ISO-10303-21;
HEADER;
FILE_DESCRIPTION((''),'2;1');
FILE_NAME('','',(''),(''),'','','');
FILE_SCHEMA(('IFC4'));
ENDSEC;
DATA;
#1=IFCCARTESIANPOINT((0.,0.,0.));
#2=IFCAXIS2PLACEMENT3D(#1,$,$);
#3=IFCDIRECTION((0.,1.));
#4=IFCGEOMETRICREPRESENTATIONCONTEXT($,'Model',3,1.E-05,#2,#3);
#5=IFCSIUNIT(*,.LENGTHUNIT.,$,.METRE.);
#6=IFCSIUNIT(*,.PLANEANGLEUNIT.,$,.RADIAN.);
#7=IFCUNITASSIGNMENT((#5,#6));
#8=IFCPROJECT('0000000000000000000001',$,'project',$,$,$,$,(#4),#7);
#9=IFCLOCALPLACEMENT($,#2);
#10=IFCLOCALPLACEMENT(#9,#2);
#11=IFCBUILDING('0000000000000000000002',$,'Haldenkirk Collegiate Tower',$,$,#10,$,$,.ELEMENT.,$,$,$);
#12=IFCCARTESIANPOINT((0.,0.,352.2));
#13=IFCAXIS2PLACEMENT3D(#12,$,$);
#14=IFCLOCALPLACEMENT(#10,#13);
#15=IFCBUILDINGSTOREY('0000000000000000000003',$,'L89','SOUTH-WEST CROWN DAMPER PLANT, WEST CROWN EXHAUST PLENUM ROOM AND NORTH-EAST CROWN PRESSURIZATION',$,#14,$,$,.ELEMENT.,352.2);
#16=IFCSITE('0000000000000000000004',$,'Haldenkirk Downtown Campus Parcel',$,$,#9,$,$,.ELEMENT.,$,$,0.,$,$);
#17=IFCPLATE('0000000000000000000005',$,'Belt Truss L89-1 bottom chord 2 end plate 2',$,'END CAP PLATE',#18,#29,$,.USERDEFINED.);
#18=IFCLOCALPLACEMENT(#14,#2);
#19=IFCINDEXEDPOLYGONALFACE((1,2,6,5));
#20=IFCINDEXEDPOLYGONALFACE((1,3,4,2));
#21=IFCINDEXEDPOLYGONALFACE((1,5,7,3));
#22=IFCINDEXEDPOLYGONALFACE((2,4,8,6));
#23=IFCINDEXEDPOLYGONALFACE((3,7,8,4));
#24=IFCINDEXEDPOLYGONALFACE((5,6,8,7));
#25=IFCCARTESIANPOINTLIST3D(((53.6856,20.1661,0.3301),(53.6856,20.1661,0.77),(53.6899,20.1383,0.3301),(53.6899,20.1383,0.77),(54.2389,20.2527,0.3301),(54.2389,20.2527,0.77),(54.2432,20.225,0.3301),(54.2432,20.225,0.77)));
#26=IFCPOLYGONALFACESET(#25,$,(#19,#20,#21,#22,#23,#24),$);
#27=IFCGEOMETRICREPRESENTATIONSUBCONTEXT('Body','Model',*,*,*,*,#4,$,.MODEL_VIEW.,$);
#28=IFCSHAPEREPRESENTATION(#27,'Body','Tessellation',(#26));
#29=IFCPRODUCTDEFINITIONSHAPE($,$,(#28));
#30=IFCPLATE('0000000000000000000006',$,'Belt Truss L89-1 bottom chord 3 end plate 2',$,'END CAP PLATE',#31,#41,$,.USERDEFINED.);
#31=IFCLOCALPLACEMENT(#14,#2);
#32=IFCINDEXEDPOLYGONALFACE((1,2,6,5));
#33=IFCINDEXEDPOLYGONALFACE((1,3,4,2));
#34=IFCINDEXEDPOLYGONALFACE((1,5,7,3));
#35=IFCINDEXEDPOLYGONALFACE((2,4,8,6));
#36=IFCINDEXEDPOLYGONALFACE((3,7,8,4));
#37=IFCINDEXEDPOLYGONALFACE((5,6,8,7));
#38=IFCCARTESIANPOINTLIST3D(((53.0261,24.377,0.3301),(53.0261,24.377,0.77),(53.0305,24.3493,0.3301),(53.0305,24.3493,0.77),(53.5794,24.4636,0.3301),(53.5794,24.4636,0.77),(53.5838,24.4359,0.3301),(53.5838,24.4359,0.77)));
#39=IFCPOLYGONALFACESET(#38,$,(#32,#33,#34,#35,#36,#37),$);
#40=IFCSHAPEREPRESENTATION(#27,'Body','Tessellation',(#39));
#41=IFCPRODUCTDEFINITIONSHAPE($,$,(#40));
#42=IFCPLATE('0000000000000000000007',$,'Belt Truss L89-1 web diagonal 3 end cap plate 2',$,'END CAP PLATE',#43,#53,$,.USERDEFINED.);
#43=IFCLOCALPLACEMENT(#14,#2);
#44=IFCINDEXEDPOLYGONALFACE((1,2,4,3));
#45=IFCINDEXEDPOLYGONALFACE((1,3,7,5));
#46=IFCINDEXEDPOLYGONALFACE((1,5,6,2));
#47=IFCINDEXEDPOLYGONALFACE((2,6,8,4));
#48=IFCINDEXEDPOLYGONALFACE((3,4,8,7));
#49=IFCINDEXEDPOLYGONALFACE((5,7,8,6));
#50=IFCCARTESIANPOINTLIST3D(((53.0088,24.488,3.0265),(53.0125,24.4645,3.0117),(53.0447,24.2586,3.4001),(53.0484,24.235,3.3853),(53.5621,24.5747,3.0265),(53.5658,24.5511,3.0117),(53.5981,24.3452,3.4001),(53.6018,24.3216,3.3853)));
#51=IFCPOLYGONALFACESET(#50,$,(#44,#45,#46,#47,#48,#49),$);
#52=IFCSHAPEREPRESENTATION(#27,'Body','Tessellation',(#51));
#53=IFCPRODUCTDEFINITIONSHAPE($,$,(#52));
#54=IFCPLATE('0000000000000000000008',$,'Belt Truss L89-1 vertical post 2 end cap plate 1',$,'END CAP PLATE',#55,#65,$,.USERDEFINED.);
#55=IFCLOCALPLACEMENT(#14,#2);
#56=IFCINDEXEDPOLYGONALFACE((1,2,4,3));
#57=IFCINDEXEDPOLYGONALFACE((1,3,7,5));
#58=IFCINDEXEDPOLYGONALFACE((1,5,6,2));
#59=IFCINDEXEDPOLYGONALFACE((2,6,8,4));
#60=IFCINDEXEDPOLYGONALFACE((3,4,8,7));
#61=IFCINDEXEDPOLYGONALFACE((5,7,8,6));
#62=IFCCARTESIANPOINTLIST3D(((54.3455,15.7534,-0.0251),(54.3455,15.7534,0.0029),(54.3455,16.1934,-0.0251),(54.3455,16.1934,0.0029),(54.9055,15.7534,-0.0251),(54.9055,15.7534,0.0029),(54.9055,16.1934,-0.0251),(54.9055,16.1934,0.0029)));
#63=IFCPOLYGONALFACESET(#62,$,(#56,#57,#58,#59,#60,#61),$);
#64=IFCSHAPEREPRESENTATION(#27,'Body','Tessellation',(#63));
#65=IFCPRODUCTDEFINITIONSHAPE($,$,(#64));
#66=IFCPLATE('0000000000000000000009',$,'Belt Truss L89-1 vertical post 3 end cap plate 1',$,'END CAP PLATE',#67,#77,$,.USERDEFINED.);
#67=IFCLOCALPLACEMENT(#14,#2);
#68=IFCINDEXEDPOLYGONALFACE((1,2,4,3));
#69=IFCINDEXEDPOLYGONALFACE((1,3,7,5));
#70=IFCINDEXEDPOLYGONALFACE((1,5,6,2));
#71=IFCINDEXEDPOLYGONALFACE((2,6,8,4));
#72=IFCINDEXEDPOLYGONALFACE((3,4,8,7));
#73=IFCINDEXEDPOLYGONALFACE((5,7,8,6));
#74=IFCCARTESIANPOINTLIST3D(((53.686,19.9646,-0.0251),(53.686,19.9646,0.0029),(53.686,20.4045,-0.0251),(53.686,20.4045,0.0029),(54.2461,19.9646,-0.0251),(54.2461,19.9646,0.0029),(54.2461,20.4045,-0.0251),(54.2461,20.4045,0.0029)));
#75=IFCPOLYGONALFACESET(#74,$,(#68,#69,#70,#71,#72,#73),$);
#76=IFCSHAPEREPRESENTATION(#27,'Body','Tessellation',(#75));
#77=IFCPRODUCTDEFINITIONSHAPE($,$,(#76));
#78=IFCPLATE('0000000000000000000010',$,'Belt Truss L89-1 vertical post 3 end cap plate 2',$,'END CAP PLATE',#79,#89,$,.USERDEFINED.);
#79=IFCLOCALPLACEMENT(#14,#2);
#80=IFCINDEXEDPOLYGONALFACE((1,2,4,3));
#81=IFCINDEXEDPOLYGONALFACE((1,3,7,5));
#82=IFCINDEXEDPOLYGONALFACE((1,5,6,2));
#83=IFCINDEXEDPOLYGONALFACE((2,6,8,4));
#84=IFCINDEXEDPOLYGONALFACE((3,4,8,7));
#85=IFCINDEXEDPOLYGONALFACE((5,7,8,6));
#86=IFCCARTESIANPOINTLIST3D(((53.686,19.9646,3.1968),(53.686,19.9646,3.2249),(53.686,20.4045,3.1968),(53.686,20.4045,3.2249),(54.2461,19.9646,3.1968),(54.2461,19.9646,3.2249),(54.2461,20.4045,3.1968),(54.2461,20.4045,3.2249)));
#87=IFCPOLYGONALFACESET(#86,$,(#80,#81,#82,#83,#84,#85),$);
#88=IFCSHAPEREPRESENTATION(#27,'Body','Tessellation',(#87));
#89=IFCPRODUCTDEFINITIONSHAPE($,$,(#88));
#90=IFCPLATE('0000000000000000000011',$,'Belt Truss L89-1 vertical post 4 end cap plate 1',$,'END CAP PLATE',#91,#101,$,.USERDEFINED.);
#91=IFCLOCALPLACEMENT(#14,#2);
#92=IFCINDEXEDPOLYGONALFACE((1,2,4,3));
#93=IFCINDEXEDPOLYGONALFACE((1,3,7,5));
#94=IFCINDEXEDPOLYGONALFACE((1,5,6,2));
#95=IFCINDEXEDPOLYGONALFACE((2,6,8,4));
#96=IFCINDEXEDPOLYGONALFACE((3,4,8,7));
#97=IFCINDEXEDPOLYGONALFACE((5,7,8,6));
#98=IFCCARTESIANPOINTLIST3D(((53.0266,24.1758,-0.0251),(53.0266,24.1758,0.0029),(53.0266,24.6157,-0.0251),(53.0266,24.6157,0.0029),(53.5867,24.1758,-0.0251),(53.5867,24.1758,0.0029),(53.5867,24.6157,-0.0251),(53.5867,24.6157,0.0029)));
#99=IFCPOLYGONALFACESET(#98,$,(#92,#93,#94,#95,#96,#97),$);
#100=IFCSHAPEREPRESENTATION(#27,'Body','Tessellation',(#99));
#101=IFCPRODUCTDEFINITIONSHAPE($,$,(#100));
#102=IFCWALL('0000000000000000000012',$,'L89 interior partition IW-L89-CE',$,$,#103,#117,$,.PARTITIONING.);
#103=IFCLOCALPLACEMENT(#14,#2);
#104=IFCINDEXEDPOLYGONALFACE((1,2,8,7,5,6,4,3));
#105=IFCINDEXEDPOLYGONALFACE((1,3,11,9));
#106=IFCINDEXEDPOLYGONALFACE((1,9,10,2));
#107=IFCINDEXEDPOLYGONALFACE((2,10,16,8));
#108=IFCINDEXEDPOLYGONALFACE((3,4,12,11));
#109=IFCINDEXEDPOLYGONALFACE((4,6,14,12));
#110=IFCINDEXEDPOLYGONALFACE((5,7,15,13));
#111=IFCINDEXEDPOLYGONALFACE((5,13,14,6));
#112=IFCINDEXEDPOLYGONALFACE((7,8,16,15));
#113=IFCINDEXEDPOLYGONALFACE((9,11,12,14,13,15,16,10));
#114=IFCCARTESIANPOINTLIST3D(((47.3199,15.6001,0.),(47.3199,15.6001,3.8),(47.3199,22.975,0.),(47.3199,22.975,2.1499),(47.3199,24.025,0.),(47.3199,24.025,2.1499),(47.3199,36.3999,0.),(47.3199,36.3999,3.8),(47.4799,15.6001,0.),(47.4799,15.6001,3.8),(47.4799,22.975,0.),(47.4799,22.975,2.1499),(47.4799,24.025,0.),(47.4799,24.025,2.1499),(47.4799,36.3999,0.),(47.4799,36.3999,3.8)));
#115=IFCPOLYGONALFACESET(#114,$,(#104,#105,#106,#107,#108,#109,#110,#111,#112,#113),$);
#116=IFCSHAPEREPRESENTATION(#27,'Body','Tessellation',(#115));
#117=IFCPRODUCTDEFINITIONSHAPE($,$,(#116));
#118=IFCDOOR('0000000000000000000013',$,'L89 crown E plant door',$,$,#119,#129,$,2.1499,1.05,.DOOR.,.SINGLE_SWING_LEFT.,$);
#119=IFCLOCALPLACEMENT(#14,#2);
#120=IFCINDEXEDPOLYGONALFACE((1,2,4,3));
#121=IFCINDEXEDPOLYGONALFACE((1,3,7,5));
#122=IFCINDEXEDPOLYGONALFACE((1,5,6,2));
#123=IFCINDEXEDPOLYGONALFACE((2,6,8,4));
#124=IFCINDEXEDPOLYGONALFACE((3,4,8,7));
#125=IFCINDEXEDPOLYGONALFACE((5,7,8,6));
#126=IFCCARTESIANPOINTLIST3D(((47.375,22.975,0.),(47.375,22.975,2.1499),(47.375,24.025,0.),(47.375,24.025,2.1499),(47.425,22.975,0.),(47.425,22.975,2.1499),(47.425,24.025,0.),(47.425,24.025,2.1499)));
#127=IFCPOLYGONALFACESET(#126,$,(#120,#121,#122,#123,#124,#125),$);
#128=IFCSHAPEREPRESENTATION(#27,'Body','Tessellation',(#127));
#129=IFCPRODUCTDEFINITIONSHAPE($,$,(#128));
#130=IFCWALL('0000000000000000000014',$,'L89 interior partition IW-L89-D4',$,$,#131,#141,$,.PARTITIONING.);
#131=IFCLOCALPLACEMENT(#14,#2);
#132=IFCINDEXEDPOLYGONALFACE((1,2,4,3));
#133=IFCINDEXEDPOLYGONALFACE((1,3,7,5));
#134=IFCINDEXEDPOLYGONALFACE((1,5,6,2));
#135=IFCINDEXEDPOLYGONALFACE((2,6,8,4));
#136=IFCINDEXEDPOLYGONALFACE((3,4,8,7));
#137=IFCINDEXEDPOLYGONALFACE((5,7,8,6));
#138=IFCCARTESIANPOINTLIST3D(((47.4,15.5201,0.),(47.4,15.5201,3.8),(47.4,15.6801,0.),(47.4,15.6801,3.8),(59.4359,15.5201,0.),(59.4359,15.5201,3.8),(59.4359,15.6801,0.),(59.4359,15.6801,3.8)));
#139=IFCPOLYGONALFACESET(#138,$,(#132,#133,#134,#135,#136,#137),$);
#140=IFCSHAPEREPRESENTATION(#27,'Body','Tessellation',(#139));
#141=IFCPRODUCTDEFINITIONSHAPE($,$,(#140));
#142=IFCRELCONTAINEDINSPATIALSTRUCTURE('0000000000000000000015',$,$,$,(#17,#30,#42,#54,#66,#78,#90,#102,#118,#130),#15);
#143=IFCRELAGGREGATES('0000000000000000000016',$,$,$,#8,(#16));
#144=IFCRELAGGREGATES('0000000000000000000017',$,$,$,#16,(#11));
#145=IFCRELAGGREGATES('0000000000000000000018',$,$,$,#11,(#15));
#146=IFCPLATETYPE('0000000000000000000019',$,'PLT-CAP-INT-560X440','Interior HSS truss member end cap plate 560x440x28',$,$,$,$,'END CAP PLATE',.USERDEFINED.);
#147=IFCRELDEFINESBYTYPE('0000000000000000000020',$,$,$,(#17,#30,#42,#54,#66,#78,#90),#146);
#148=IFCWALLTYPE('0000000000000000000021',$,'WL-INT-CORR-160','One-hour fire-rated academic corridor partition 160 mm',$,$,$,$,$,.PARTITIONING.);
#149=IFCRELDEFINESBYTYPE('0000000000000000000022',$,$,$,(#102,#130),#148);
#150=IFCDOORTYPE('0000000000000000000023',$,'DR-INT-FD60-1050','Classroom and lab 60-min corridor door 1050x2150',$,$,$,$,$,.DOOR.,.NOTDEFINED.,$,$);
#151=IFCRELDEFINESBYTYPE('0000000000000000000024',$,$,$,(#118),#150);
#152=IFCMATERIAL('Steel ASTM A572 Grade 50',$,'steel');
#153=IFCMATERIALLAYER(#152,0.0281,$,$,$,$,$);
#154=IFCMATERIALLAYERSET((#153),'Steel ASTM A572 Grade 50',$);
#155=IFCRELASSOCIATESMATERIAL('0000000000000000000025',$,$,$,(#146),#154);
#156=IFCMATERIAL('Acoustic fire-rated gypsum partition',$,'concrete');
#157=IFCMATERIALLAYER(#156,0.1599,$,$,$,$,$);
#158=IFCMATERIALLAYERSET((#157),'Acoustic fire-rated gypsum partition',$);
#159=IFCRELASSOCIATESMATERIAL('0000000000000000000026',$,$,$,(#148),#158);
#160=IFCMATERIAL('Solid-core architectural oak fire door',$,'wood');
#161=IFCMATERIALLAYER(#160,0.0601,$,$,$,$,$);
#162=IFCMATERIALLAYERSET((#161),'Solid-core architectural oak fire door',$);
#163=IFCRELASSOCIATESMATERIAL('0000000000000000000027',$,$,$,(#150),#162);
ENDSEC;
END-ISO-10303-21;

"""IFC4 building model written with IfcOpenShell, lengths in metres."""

from ifc_helpers import new_model, si_unit, direction, frame, frame_2d, origin, origin_2d, place, context, subcontext, project, spatial, rectangle, extrude, source, transform, mapped, material, layer, layer_set, type_object, element, fill, save


model = new_model("IFC4")

# Units and contexts
model_context = context("Model", 3, precision=1e-05, world=origin(), true_north=direction((0.0, 1.0)))
body_context = subcontext(model_context, "Body", "Model", "MODEL_VIEW")
ifc_project = project(units=[si_unit("LENGTHUNIT", "METRE"), si_unit("PLANEANGLEUNIT", "RADIAN")], contexts=[model_context])

# Site, building, storey
site_placement = place(None, origin())
site = spatial("IfcSite", under=ifc_project, at=site_placement, Name="Haldenkirk Downtown Campus Parcel", CompositionType="ELEMENT", RefElevation=0.0)
building_placement = place(site_placement, origin())
building = spatial("IfcBuilding", under=site, at=building_placement, Name="Haldenkirk Collegiate Tower", CompositionType="ELEMENT")
storey_placement = place(building_placement, frame((0.0, 0.0, 352.2)))
storey = spatial("IfcBuildingStorey", under=building, at=storey_placement, Name="L89", Description="SOUTH-WEST CROWN DAMPER PLANT, WEST CROWN EXHAUST PLENUM ROOM AND NORTH-EAST CROWN PRESSURIZATION", CompositionType="ELEMENT", Elevation=352.2)

# Shared definitions
ifc_material_1 = material(Name="Steel ASTM A572 Grade 50", Category="steel")

# Plates
ifc_layer_1 = layer(ifc_material_1, 0.0281)
ifc_layer_set_1 = layer_set([ifc_layer_1], Name="Steel ASTM A572 Grade 50")
plate_type = type_object("IfcPlateType", Name="PLT-CAP-INT-560X440", Description="Interior HSS truss member end cap plate 560x440x28", ElementType="END CAP PLATE", PredefinedType="USERDEFINED", material=ifc_layer_set_1)
shared_shape = source(origin(), body_context, "Body", "SweptSolid", [
    extrude(rectangle(XDim=0.5601, YDim=0.4399, at=origin_2d()), origin(), (0.0, 0.0, 1.0), 0.0281),
])
for number, where, z_axis, x_axis, name in (
    (1, (53.9666, 20.1816, 0.55), (-0.15471, 0.98796, 0.0), (-0.98796, -0.15471, 0.0), "Belt Truss L89-1 bottom chord 2 end plate 2"),
    (2, (53.3071, 24.3926, 0.55), (-0.15471, 0.98796, 0.0), (-0.98796, -0.15471, 0.0), "Belt Truss L89-1 bottom chord 3 end plate 2"),
    (3, (53.3071, 24.3931, 3.1985), (-0.13138, 0.839027, 0.52799), (-0.987961, -0.154701, 0.0), "Belt Truss L89-1 web diagonal 3 end cap plate 2"),
    (4, (54.6255, 15.9734, 0.0029), (0.0, 0.0, -1.0), (1.0, 0.0, 0.0), "Belt Truss L89-1 vertical post 2 end cap plate 1"),
    (5, (53.9661, 20.1846, 0.0029), (0.0, 0.0, -1.0), (1.0, 0.0, 0.0), "Belt Truss L89-1 vertical post 3 end cap plate 1"),
    (6, (53.9661, 20.1846, 3.1968), (0.0, 0.0, 1.0), (1.0, 0.0, 0.0), "Belt Truss L89-1 vertical post 3 end cap plate 2"),
    (7, (53.3066, 24.3958, 0.0029), (0.0, 0.0, -1.0), (1.0, 0.0, 0.0), "Belt Truss L89-1 vertical post 4 end cap plate 1"),
):
    element("IfcPlate", number, at=place(storey_placement, frame(where, z_axis=z_axis, x_axis=x_axis)), inside=storey, type_object=plate_type, Name=name, ObjectType="END CAP PLATE", PredefinedType="USERDEFINED", context=body_context, shape_type="MappedRepresentation", body=[
        mapped(shared_shape, transform((0.0, 0.0, 0.0), x_axis=(1.0, 0.0, 0.0), y_axis=(0.0, 1.0, 0.0), z_axis=(0.0, 0.0, 1.0), scale=1.0)),
    ])

# Wall, opening, door
ifc_material_2 = material(Name="Acoustic fire-rated gypsum partition", Category="concrete")
ifc_layer_2 = layer(ifc_material_2, 0.1599)
ifc_layer_set_2 = layer_set([ifc_layer_2], Name="Acoustic fire-rated gypsum partition")
wall_type = type_object("IfcWallType", Name="WL-INT-CORR-160", Description="One-hour fire-rated academic corridor partition 160 mm", PredefinedType="PARTITIONING", material=ifc_layer_set_2)
wall_1_placement = place(storey_placement, frame((47.3999, 15.6001, 0.0), z_axis=(0.0, 0.0, 1.0), x_axis=(0.0, 1.0, 0.0)))
wall_1 = element("IfcWall", 8, at=wall_1_placement, inside=storey, type_object=wall_type, Name="L89 interior partition IW-L89-CE", PredefinedType="PARTITIONING", context=body_context, shape_type="SweptSolid", body=[
    extrude(rectangle(XDim=20.7998, YDim=0.1599, at=frame_2d((10.3999, 0.0))), origin(), (0.0, 0.0, 1.0), 3.8),
])
opening_placement = place(wall_1_placement, frame((7.375, 0.0, 0.0)))
opening = element("IfcOpeningElement", 9, at=opening_placement, cuts=wall_1, PredefinedType="OPENING", context=body_context, shape_type="SweptSolid", body=[
    extrude(rectangle(XDim=1.05, YDim=2.1499, at=frame_2d((0.5249, 1.075))), frame((0.0, 0.0898, 0.0), z_axis=(0.0, -1.0, 0.0), x_axis=(1.0, 0.0, 0.0)), (0.0, 0.0, 1.0), 0.1799),
])
ifc_material_3 = material(Name="Solid-core architectural oak fire door", Category="wood")
ifc_layer_3 = layer(ifc_material_3, 0.0601)
ifc_layer_set_3 = layer_set([ifc_layer_3], Name="Solid-core architectural oak fire door")
door_type = type_object("IfcDoorType", Name="DR-INT-FD60-1050", Description="Classroom and lab 60-min corridor door 1050x2150", OperationType="NOTDEFINED", PredefinedType="DOOR", material=ifc_layer_set_3)
door_placement = place(opening_placement, origin())
door = element("IfcDoor", 10, at=door_placement, inside=storey, type_object=door_type, Name="L89 crown E plant door", OperationType="SINGLE_SWING_LEFT", OverallHeight=2.1499, OverallWidth=1.05, PredefinedType="DOOR", context=body_context, shape_type="SweptSolid", body=[
    extrude(rectangle(XDim=1.05, YDim=2.1499, at=frame_2d((0.5249, 1.075))), frame((0.0, 0.0249, 0.0), z_axis=(0.0, -1.0, 0.0), x_axis=(1.0, 0.0, 0.0)), (0.0, 0.0, 1.0), 0.05),
])
fill(opening, door)

# Wall
wall_2_placement = place(storey_placement, frame((47.3999, 15.6001, 0.0), z_axis=(0.0, 0.0, 1.0), x_axis=(1.0, 0.0, 0.0)))
element("IfcWall", 11, at=wall_2_placement, inside=storey, type_object=wall_type, Name="L89 interior partition IW-L89-D4", PredefinedType="PARTITIONING", context=body_context, shape_type="SweptSolid", body=[
    extrude(rectangle(XDim=12.0359, YDim=0.1599, at=frame_2d((6.0181, 0.0))), origin(), (0.0, 0.0, 1.0), 3.8),
])

save(model, "model.ifc")
